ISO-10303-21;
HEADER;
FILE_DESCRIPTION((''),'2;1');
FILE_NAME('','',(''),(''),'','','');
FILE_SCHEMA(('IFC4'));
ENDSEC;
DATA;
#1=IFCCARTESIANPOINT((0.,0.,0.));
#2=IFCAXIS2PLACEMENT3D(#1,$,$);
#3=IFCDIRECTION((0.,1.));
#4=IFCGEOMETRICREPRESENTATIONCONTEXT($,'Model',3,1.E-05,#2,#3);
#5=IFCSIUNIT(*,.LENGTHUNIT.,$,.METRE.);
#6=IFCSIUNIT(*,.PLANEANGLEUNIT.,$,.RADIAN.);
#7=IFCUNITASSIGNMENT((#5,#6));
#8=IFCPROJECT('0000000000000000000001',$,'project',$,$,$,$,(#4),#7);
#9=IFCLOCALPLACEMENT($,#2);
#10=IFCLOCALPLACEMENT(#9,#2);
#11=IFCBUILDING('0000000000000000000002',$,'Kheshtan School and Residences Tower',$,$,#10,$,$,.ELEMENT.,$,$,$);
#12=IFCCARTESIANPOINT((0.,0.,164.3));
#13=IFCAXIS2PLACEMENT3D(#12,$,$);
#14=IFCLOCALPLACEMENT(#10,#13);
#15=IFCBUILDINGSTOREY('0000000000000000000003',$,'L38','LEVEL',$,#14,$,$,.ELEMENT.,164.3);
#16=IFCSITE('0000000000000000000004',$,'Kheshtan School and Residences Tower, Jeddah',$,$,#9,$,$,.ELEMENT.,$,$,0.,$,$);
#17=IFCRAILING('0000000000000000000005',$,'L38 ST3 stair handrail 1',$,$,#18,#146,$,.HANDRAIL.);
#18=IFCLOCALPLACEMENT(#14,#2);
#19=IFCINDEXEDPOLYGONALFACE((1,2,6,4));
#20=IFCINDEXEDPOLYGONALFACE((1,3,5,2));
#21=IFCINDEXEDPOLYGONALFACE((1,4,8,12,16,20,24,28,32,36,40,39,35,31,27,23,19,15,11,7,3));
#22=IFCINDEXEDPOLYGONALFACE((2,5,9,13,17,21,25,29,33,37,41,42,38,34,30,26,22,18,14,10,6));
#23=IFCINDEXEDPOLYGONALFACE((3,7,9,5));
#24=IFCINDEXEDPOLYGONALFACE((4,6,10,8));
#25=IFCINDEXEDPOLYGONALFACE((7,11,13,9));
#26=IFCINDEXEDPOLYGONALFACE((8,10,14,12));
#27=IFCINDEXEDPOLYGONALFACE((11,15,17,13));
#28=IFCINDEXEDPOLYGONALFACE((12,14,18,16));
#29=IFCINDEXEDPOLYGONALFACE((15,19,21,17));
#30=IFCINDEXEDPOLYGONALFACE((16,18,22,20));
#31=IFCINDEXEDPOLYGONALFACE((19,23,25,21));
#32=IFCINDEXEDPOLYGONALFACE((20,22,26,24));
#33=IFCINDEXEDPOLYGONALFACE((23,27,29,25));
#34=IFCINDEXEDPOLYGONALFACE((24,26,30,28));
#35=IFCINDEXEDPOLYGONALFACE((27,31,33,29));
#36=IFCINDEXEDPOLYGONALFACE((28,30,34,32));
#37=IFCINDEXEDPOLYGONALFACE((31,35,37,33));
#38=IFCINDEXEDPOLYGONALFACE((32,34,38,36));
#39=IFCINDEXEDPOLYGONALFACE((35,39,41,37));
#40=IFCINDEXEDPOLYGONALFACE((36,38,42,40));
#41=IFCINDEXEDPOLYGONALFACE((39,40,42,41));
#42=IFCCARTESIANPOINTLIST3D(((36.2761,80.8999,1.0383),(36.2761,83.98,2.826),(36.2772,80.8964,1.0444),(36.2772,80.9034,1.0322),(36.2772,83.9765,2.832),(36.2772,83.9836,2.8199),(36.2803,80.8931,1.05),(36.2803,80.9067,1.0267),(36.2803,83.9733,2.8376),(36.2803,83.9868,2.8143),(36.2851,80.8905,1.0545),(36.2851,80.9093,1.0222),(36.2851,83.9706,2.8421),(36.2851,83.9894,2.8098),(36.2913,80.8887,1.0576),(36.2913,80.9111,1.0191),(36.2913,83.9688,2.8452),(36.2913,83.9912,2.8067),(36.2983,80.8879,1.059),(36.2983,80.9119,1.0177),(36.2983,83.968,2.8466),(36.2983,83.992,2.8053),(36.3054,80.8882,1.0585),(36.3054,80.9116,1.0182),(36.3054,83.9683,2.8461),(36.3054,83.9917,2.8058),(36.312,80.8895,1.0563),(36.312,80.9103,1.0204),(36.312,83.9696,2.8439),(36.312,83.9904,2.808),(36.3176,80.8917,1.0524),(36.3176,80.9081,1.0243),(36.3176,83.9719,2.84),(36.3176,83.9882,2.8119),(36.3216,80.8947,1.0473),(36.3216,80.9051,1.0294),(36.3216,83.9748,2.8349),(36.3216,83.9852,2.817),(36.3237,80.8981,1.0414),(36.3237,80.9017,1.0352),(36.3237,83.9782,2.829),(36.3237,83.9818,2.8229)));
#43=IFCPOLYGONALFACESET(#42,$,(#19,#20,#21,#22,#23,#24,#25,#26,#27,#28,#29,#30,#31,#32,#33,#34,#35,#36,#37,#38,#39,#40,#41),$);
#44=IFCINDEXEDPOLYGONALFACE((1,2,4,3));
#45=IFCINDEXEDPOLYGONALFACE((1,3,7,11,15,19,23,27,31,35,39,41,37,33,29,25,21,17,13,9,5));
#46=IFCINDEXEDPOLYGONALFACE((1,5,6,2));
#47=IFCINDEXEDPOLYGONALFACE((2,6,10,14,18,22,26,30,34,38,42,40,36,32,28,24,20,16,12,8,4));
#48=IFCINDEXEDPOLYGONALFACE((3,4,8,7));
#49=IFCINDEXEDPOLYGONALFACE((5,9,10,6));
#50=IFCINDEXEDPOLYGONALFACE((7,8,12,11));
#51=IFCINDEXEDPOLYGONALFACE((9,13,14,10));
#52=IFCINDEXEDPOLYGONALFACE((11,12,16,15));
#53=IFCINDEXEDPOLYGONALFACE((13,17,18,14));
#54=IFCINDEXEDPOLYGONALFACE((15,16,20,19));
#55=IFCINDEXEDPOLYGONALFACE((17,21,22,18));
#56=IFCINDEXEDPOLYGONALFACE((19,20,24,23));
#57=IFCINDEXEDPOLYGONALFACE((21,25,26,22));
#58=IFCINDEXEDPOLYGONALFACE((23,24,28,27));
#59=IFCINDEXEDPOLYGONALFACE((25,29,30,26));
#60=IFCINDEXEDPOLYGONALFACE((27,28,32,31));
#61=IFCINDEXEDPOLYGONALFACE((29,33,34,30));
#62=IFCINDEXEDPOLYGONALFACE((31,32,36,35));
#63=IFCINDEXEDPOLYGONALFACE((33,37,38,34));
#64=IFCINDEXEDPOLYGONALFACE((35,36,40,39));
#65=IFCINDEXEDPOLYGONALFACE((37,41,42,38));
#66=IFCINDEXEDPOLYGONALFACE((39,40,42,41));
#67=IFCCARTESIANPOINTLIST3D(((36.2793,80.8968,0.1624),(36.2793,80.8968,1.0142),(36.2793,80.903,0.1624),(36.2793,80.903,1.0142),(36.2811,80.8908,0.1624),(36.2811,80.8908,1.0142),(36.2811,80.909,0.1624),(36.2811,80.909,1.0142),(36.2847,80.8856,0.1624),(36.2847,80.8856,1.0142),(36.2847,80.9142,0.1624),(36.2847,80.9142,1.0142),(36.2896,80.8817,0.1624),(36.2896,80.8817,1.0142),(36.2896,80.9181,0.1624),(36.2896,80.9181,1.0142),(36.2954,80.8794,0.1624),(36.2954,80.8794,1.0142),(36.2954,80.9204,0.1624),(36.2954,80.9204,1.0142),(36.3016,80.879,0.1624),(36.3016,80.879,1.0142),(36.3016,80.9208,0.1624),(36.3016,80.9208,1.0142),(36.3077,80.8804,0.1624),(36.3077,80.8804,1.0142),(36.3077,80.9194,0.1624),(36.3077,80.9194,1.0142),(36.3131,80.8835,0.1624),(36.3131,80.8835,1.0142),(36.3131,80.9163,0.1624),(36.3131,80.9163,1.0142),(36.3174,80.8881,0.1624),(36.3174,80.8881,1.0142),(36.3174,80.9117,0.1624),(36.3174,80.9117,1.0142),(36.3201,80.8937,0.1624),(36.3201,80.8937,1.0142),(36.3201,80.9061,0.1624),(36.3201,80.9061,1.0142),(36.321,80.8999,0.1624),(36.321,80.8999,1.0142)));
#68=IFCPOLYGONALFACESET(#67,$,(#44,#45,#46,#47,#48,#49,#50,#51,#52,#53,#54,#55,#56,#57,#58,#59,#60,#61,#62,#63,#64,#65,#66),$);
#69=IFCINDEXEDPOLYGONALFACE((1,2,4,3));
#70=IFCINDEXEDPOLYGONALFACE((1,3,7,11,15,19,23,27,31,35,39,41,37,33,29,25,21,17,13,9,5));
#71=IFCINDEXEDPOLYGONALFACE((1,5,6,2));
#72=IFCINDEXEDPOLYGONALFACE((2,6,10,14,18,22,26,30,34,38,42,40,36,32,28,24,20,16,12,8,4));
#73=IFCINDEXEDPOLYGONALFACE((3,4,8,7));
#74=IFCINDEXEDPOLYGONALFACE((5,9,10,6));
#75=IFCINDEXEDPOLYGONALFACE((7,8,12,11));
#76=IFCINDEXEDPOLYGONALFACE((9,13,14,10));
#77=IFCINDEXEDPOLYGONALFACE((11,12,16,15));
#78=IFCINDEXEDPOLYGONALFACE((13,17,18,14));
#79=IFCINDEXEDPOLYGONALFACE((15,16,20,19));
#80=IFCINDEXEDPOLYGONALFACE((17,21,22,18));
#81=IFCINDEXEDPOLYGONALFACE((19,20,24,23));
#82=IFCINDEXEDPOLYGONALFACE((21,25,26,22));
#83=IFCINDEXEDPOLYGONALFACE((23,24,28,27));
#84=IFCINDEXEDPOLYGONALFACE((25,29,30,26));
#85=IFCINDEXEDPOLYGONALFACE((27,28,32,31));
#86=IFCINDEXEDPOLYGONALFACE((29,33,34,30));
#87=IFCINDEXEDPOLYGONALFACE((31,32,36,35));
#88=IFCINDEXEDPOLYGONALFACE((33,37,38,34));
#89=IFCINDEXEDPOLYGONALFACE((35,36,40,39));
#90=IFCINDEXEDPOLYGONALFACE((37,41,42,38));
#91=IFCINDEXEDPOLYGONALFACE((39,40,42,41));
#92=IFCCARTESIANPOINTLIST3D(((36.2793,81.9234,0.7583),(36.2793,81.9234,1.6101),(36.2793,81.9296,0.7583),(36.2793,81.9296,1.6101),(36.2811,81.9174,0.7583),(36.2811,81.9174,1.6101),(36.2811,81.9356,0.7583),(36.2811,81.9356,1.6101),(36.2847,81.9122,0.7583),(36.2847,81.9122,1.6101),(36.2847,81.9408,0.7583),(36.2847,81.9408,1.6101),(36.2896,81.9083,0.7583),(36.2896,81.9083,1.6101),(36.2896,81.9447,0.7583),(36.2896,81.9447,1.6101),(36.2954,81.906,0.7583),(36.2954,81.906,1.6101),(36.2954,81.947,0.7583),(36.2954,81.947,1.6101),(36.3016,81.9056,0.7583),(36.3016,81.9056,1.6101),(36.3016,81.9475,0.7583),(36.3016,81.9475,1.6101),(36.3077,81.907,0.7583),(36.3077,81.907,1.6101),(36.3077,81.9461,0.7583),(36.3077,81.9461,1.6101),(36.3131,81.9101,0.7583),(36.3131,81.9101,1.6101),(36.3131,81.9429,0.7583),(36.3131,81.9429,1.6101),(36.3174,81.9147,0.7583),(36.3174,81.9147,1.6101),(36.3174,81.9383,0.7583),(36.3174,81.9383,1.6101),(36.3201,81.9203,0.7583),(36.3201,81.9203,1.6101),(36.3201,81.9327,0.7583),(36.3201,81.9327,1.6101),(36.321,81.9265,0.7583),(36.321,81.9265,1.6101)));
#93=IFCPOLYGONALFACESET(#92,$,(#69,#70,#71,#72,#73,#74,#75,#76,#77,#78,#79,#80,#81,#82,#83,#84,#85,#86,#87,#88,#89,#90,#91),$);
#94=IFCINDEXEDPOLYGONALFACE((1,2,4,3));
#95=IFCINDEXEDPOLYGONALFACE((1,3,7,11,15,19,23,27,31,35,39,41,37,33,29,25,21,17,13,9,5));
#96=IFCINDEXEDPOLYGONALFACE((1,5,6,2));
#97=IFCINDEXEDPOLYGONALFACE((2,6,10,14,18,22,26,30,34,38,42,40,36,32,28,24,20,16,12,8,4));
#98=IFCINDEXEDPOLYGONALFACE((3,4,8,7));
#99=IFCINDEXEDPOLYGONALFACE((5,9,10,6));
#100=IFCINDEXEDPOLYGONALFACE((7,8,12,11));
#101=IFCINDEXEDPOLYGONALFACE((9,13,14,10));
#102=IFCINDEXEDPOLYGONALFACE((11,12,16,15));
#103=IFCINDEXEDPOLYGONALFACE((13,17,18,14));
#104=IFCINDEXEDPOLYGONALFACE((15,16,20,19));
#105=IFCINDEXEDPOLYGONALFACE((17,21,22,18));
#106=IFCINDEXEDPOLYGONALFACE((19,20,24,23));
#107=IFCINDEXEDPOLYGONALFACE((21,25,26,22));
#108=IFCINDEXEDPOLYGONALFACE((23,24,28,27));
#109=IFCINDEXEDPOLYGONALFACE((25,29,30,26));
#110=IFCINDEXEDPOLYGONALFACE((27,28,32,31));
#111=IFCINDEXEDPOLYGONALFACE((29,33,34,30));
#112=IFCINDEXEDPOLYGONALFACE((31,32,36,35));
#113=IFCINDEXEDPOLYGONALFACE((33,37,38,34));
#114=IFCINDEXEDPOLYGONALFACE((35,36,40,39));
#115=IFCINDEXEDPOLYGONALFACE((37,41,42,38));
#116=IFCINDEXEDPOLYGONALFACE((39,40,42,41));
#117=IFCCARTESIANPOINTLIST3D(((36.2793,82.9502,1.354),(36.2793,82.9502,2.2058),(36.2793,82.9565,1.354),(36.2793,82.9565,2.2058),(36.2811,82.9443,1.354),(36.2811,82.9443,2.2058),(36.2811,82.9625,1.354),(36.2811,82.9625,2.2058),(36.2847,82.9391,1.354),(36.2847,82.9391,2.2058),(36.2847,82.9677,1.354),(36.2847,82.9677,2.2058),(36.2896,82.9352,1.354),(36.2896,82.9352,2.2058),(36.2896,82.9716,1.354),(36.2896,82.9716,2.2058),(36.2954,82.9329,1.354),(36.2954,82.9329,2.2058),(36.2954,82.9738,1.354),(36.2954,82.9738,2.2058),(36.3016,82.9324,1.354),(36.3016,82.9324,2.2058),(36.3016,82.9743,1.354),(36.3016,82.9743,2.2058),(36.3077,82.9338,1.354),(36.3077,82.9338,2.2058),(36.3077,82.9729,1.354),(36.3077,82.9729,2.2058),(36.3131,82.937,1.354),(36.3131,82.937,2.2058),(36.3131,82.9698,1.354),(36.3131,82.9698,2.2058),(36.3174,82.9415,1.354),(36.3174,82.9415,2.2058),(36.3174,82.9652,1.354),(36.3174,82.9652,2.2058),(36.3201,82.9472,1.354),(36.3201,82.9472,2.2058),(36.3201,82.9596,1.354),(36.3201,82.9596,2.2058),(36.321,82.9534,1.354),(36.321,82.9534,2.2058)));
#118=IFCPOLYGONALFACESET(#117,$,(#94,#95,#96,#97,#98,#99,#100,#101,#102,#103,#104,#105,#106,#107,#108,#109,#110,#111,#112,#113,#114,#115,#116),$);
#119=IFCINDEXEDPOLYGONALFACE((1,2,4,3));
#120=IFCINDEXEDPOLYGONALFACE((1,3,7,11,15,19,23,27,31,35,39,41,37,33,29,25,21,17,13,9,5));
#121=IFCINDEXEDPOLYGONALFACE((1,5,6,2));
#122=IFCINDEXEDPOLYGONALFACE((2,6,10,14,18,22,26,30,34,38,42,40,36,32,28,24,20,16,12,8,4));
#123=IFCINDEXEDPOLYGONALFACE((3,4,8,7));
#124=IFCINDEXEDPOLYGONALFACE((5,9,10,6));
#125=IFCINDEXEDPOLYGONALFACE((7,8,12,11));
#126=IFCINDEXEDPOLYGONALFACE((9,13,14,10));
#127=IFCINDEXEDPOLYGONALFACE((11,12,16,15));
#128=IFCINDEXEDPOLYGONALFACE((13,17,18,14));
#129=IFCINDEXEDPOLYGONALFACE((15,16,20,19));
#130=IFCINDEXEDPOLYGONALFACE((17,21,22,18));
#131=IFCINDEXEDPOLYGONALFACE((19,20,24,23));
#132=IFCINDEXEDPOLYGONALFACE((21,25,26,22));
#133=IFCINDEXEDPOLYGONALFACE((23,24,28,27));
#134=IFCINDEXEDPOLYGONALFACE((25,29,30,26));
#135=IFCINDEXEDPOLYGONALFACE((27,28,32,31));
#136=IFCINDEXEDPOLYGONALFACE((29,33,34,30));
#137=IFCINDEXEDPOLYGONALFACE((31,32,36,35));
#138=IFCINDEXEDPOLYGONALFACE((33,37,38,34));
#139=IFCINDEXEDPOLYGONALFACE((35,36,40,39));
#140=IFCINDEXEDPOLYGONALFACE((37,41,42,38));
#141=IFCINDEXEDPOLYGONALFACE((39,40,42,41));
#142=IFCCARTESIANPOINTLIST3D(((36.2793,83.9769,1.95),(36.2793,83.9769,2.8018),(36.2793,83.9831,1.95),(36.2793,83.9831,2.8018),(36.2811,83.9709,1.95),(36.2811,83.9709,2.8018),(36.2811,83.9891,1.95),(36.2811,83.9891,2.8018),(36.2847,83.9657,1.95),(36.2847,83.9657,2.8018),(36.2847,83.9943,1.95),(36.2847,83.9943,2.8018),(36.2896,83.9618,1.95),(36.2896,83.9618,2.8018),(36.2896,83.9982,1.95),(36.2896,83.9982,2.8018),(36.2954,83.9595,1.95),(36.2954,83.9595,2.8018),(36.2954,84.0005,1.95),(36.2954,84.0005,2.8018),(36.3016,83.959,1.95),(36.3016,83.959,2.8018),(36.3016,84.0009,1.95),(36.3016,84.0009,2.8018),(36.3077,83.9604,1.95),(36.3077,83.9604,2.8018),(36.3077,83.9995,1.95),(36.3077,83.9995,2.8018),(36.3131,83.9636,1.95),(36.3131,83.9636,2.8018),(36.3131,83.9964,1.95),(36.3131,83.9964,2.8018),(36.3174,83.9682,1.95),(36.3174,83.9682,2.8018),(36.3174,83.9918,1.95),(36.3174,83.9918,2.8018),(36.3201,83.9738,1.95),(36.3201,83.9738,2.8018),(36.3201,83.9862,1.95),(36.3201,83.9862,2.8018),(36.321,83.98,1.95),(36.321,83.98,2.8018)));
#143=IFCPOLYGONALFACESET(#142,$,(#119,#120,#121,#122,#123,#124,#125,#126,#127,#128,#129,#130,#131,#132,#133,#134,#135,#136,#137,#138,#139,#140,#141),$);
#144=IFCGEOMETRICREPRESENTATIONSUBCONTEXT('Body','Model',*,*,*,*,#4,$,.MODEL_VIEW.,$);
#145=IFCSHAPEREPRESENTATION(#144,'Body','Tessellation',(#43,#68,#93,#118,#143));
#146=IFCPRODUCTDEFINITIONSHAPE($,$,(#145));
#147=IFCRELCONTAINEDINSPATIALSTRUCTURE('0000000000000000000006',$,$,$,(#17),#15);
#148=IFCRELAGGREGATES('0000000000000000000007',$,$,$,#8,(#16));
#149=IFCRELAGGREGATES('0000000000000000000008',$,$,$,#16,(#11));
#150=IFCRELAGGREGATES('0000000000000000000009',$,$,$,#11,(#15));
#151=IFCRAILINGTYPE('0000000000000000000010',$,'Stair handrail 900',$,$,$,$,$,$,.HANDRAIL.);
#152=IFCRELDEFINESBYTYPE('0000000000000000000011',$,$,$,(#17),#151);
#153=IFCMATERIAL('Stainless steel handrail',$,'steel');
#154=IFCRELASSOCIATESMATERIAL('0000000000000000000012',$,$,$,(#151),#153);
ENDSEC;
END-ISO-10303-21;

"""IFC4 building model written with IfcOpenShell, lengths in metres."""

from ifc_helpers import new_model, si_unit, direction, frame, origin, origin_2d, place, context, subcontext, project, spatial, circle, extrude, material, type_object, element, save


model = new_model("IFC4")

# Units and contexts
model_context = context("Model", 3, precision=1e-05, world=origin(), true_north=direction((0.0, 1.0)))
body_context = subcontext(model_context, "Body", "Model", "MODEL_VIEW")
ifc_project = project(units=[si_unit("LENGTHUNIT", "METRE"), si_unit("PLANEANGLEUNIT", "RADIAN")], contexts=[model_context])

# Site, building, storey
site_placement = place(None, origin())
site = spatial("IfcSite", under=ifc_project, at=site_placement, Name="Kheshtan School and Residences Tower, Jeddah", CompositionType="ELEMENT", RefElevation=0.0)
building_placement = place(site_placement, origin())
building = spatial("IfcBuilding", under=site, at=building_placement, Name="Kheshtan School and Residences Tower", CompositionType="ELEMENT")
storey_placement = place(building_placement, frame((0.0, 0.0, 164.3)))
storey = spatial("IfcBuildingStorey", under=building, at=storey_placement, Name="L38", Description="LEVEL", CompositionType="ELEMENT", Elevation=164.3)

# Railing
ifc_material_1 = material(Name="Stainless steel handrail", Category="steel")
railing_type_1 = type_object("IfcRailingType", Name="Stair handrail 900", PredefinedType="HANDRAIL", material=ifc_material_1)
railing_1_placement = place(storey_placement, frame((36.3, 80.8999, 0.1624)))
element("IfcRailing", 1, at=railing_1_placement, inside=storey, type_object=railing_type_1, Name="L38 ST3 stair handrail 1", PredefinedType="HANDRAIL", context=body_context, shape_type="SweptSolid", body=[
    extrude(circle(Radius=0.0239, at=origin_2d()), frame((0.0, 0.0, 0.876), z_axis=(0.0, 0.864891, 0.50196), x_axis=(-1.0, 0.0, 0.0)), (0.0, 0.0, 1.0), 3.5613),
    extrude(circle(Radius=0.021, at=origin_2d()), origin(), (0.0, 0.0, 1.0), 0.8518),
    extrude(circle(Radius=0.021, at=origin_2d()), frame((0.0, 1.0266, 0.5959)), (0.0, 0.0, 1.0), 0.8518),
    extrude(circle(Radius=0.021, at=origin_2d()), frame((0.0, 2.0535, 1.1917)), (0.0, 0.0, 1.0), 0.8518),
    extrude(circle(Radius=0.021, at=origin_2d()), frame((0.0, 3.0801, 1.7876)), (0.0, 0.0, 1.0), 0.8518),
])

save(model, "model.ifc")
